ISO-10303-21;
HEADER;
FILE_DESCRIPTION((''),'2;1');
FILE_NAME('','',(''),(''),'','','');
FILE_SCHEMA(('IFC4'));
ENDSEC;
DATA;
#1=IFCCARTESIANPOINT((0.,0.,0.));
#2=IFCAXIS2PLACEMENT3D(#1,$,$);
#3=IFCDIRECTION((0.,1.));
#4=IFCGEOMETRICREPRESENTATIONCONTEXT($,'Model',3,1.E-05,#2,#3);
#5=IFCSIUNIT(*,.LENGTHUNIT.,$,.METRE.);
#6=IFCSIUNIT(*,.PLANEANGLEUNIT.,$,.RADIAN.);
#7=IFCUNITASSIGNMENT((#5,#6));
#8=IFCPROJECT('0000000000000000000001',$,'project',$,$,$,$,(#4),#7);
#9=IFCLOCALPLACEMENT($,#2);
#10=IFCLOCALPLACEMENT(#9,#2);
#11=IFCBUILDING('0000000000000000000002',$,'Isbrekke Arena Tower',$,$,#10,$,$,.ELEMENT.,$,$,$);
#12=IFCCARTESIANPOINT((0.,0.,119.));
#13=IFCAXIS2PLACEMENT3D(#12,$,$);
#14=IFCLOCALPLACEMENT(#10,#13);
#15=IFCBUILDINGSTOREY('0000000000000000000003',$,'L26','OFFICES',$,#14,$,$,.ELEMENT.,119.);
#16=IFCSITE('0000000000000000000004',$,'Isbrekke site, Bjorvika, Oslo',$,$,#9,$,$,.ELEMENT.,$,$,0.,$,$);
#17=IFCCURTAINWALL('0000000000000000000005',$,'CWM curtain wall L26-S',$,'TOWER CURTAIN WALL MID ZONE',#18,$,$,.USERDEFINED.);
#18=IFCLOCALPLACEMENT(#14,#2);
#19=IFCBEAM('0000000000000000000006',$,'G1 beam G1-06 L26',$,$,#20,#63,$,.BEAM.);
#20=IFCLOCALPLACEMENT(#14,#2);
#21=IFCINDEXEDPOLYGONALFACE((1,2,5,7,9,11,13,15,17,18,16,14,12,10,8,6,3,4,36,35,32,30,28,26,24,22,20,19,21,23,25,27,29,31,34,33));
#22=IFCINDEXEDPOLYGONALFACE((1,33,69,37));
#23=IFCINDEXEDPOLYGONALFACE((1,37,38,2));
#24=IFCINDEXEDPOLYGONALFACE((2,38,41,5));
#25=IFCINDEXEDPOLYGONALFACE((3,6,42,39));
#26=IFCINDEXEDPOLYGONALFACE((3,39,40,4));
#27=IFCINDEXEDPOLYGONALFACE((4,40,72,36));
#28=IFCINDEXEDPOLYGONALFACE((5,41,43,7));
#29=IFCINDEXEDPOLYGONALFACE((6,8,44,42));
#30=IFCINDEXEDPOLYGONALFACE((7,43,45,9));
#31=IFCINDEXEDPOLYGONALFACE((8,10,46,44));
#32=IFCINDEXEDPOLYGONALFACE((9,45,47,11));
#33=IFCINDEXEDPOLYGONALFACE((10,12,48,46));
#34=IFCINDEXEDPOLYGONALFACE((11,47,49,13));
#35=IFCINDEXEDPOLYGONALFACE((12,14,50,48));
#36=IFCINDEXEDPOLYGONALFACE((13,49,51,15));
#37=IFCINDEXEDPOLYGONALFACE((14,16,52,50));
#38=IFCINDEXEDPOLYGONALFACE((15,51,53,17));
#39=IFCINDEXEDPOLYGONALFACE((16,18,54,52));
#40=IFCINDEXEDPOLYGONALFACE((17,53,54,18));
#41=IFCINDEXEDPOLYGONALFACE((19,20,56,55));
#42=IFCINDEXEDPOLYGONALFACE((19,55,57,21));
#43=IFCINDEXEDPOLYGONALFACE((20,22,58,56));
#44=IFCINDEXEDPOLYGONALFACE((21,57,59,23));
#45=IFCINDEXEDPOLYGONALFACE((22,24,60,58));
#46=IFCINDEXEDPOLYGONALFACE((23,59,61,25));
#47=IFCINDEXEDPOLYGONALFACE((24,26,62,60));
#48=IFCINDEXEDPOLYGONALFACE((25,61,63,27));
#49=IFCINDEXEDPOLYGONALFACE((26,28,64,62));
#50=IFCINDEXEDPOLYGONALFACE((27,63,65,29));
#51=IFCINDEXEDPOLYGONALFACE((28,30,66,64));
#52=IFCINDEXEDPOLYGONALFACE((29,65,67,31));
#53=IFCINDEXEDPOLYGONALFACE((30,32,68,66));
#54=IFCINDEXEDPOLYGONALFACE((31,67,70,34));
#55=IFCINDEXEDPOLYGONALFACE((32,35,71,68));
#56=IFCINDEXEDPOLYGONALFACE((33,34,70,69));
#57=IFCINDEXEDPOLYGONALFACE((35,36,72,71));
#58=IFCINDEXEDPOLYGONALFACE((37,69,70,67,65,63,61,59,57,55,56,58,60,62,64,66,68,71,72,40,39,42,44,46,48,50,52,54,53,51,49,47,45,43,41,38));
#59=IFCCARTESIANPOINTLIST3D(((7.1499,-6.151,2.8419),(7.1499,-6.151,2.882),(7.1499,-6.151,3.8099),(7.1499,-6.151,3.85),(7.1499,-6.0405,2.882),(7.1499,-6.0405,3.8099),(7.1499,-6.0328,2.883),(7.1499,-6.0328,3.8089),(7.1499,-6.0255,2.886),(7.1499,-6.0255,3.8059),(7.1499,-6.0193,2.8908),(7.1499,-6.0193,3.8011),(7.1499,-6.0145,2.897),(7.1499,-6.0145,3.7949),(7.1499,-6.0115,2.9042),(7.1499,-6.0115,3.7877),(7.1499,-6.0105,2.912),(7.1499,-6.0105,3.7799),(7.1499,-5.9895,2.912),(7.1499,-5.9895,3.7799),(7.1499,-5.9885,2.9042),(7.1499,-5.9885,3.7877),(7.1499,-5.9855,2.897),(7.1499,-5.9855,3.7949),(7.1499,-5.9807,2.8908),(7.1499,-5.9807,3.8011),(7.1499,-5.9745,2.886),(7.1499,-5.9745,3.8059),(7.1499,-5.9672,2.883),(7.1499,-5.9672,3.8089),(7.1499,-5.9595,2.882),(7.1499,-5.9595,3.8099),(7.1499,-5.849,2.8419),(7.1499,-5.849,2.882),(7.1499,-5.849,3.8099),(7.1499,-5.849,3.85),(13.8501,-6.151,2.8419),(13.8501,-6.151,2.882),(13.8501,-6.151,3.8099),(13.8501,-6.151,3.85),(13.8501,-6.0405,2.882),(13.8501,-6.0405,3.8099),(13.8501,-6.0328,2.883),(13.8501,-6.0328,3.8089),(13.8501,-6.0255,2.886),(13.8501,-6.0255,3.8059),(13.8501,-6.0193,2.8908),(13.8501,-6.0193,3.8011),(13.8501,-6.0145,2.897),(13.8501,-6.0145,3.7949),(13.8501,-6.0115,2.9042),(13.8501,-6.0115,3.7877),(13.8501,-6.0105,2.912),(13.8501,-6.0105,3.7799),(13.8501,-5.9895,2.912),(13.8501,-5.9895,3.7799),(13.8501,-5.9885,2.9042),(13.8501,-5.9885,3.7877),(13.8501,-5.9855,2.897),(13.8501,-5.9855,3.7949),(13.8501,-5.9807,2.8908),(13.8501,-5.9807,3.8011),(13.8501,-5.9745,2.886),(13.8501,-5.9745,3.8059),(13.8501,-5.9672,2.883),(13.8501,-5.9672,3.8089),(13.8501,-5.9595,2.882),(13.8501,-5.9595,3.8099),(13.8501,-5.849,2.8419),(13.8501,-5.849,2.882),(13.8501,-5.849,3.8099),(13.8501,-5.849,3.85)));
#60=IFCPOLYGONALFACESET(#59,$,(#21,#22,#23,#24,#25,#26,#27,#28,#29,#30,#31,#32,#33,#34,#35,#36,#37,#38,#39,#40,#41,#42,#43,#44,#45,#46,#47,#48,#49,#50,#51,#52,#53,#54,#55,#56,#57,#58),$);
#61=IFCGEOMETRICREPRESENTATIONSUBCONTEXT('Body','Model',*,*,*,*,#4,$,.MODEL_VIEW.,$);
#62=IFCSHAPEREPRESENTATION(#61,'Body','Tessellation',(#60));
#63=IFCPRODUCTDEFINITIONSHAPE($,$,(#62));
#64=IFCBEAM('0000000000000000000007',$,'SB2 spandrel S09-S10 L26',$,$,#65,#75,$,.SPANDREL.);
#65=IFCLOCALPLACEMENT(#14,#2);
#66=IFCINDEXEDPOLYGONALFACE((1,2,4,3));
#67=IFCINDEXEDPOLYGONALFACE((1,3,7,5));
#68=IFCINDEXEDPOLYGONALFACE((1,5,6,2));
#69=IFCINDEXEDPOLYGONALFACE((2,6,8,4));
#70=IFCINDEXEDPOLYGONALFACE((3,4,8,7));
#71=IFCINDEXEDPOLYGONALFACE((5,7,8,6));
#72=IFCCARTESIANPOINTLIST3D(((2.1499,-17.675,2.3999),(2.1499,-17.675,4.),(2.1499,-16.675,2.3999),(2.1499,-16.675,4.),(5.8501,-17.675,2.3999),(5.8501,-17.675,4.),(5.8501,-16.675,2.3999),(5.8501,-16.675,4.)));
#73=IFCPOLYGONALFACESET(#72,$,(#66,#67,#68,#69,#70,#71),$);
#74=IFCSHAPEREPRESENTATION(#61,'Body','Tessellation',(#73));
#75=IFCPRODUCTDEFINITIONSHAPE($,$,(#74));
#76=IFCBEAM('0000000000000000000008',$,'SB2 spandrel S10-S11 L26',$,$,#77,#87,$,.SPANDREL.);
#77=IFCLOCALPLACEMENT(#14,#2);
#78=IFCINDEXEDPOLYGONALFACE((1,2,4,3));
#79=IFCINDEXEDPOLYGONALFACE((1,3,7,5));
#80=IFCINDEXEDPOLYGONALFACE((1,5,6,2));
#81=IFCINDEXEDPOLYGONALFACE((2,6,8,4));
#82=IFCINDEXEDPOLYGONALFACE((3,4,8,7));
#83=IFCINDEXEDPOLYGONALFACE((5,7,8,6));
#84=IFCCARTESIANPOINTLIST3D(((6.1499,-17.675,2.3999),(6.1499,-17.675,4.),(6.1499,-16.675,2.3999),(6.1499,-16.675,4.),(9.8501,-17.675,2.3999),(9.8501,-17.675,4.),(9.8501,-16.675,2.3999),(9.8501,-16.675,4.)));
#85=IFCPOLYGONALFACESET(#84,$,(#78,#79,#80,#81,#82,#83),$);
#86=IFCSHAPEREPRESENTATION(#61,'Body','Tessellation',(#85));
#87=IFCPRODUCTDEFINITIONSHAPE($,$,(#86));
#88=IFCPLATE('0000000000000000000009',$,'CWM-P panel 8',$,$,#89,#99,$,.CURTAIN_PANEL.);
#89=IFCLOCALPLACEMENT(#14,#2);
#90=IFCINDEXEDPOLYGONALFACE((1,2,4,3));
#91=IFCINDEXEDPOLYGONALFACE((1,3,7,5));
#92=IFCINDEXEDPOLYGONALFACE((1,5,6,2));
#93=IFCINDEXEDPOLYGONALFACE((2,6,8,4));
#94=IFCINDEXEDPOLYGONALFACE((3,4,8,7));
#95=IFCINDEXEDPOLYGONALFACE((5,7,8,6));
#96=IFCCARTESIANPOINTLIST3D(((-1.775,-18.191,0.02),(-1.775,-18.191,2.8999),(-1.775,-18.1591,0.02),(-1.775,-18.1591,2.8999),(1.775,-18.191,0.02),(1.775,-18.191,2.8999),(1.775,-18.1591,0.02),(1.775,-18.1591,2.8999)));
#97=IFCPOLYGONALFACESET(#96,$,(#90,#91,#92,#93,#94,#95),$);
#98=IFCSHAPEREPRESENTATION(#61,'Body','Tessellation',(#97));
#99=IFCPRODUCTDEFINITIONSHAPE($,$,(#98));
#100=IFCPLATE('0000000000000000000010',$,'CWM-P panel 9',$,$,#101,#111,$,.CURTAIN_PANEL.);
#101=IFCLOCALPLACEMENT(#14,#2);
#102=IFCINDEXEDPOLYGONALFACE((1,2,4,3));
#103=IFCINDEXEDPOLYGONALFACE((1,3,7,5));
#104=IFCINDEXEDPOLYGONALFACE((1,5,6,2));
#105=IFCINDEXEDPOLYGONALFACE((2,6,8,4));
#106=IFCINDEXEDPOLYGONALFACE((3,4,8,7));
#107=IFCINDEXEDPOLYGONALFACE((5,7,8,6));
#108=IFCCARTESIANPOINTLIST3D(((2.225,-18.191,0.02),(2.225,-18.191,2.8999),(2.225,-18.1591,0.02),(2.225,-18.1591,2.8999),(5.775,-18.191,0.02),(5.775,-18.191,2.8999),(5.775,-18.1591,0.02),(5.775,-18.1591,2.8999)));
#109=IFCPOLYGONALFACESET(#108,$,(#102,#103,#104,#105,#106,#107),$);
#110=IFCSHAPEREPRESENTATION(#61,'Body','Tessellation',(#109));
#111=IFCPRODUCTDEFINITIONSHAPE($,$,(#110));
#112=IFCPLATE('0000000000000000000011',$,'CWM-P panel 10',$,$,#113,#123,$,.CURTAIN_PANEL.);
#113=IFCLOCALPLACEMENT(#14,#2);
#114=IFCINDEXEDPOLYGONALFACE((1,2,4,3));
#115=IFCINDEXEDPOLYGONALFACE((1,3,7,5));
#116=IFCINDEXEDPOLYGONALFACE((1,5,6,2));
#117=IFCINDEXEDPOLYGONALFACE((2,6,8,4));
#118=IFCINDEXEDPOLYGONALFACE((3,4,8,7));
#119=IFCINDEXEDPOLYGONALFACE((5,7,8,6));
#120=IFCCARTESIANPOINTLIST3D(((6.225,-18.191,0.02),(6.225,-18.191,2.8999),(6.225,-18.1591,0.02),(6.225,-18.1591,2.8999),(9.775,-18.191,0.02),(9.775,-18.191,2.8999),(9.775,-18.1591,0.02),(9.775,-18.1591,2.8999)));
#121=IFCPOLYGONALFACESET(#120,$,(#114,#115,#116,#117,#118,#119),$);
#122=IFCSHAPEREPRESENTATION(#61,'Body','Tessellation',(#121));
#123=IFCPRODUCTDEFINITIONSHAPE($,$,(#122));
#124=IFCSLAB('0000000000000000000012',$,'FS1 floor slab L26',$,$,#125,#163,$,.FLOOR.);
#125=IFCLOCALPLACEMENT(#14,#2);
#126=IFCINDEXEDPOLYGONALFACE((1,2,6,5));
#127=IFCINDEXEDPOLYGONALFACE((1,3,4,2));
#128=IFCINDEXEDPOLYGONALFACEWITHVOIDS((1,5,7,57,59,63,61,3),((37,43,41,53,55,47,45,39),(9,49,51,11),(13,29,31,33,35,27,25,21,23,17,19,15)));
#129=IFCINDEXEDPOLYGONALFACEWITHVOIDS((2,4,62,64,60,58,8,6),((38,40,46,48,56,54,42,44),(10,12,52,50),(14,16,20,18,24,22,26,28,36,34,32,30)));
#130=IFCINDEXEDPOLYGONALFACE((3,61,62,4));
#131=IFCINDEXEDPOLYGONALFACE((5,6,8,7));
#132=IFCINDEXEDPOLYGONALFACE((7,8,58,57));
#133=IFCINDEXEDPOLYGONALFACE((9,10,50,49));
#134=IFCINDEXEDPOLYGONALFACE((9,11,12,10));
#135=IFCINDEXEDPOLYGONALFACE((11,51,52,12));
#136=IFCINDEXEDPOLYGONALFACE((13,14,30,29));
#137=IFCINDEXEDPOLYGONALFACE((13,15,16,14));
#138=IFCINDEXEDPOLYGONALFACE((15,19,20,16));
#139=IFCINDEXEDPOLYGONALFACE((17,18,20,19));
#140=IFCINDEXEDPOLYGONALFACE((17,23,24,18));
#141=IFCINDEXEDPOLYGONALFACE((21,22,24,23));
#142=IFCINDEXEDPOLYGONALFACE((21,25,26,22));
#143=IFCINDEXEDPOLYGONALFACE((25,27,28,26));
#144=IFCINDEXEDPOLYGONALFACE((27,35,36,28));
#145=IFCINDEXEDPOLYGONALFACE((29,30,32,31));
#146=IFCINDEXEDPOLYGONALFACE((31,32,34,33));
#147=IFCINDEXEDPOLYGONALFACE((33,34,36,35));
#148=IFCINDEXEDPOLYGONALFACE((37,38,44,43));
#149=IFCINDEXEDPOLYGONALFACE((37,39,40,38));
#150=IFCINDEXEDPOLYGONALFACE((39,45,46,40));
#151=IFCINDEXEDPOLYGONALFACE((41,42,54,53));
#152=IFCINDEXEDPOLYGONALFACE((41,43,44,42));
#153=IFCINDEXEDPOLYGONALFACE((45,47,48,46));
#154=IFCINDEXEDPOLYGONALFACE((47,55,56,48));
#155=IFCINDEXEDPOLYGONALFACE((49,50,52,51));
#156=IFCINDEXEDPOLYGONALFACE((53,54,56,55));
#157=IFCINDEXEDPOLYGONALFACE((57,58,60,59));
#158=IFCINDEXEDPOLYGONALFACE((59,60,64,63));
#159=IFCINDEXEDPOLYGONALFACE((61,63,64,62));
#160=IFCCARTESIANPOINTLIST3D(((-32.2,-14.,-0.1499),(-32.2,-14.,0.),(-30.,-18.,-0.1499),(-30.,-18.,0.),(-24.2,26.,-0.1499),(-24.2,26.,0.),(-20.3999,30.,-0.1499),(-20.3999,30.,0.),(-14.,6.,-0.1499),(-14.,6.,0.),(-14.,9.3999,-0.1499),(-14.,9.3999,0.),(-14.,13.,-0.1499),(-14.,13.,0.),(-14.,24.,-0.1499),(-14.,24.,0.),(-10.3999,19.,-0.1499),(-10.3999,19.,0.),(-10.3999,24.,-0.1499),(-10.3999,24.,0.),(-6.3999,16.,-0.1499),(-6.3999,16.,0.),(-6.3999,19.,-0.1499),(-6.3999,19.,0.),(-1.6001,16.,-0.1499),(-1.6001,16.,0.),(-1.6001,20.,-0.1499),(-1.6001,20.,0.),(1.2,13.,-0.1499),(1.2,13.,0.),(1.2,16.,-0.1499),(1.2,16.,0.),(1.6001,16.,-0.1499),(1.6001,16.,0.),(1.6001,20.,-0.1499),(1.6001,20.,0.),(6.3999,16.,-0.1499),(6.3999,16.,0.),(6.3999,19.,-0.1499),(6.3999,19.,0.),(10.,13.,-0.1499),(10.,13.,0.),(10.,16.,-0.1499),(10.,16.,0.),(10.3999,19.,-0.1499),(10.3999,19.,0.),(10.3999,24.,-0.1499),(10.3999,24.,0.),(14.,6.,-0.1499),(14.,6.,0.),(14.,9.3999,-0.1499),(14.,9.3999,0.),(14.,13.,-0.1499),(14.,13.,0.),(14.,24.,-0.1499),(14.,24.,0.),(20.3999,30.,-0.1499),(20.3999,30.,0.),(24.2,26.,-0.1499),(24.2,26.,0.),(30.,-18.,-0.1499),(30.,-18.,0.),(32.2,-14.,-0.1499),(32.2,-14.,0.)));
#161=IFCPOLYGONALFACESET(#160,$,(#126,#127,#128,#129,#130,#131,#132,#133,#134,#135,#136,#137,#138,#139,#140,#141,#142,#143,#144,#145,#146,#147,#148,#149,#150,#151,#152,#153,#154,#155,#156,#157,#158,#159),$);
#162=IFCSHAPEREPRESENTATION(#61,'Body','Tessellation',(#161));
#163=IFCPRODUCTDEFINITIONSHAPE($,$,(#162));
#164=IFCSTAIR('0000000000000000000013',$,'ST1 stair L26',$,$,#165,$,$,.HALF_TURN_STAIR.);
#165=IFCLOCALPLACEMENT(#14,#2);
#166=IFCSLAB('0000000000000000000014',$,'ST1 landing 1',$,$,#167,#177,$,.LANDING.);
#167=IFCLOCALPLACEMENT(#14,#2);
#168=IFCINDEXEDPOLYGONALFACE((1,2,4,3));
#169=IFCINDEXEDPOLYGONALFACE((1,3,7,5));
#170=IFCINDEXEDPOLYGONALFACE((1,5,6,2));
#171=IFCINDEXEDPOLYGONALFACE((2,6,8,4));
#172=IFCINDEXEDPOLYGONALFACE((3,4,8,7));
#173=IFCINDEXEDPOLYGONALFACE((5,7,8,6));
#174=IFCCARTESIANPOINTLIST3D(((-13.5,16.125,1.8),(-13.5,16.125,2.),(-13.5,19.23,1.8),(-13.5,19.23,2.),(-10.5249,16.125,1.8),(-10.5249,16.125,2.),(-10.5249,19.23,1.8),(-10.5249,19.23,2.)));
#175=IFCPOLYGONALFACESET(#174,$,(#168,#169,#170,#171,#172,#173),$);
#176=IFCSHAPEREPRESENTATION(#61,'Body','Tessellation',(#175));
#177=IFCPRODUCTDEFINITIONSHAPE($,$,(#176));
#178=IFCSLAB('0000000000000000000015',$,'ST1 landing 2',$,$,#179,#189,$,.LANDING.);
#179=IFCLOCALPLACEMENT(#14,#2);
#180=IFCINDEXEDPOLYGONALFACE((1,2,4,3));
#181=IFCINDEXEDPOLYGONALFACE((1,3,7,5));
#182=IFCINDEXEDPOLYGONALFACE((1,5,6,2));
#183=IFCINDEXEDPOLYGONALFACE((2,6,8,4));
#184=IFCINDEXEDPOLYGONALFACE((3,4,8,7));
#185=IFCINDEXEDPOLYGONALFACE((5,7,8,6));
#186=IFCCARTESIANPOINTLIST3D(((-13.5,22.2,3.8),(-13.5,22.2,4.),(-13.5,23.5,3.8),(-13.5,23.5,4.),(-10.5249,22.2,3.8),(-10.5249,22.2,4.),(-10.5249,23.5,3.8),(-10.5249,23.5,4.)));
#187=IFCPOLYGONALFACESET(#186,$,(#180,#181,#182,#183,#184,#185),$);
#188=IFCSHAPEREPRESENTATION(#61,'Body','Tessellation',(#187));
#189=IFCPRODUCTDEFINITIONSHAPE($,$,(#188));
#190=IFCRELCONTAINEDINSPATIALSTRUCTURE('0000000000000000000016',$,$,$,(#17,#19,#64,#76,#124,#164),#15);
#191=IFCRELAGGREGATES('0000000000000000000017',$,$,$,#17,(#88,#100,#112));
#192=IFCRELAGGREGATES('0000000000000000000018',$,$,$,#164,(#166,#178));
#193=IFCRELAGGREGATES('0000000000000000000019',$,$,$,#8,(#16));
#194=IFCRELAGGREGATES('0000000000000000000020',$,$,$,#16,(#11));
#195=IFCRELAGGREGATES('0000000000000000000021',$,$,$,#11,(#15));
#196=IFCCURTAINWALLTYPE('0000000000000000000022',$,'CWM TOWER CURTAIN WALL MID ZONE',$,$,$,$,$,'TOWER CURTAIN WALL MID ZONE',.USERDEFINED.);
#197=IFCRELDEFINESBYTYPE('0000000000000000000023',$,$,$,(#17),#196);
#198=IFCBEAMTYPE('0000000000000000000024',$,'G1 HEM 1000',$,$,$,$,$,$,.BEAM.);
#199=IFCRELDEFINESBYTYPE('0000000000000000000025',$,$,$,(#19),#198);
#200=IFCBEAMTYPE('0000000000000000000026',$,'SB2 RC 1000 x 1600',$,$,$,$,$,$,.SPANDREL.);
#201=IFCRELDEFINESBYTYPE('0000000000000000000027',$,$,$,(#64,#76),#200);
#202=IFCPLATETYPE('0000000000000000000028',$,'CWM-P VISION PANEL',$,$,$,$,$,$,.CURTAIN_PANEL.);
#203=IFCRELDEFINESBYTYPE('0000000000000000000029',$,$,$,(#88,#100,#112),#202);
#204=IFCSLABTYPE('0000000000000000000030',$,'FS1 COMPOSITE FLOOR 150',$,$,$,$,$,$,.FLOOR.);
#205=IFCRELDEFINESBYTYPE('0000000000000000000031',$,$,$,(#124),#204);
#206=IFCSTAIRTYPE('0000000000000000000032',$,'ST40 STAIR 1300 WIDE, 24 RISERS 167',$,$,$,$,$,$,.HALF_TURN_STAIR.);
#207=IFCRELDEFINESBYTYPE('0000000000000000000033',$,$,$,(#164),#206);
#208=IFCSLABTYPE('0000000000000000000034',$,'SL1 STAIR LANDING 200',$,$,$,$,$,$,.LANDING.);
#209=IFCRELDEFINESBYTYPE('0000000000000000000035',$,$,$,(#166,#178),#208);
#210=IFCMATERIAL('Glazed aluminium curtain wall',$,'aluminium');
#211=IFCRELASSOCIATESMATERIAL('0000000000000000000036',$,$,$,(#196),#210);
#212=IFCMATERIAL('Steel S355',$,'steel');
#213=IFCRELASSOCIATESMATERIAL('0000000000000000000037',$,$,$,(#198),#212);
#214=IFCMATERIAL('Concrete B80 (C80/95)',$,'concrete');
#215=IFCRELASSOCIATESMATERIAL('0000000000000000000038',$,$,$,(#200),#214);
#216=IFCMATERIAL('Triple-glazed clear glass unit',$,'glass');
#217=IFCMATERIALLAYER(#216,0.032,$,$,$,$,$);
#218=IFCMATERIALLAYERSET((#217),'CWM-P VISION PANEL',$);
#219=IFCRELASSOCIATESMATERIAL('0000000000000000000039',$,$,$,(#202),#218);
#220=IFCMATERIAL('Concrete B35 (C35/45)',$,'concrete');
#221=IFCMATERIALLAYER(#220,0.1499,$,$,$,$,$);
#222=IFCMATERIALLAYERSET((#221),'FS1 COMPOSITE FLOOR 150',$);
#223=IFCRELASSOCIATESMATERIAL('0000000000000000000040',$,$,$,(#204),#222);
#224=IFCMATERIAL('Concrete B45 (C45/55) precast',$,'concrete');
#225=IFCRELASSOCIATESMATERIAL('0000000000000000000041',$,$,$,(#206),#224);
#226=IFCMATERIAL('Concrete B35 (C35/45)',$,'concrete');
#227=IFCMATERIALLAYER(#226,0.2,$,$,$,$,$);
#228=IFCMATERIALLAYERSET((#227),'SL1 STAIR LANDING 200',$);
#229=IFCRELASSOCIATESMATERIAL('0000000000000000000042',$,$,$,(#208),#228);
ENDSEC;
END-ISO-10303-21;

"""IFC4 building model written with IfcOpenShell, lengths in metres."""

from ifc_helpers import new_model, si_unit, direction, frame, origin, origin_2d, place, context, subcontext, project, spatial, polyline, rectangle, i_section, outline, extrude, material, layer, layer_set, material_profile, profile_set, type_object, element, aggregate, save


model = new_model("IFC4")

# Units and contexts
model_context = context("Model", 3, precision=1e-05, world=origin(), true_north=direction((0.0, 1.0)))
body_context = subcontext(model_context, "Body", "Model", "MODEL_VIEW")
ifc_project = project(units=[si_unit("LENGTHUNIT", "METRE"), si_unit("PLANEANGLEUNIT", "RADIAN")], contexts=[model_context])

# Site, building, storey
site_placement = place(None, origin())
site = spatial("IfcSite", under=ifc_project, at=site_placement, Name="Isbrekke site, Bjorvika, Oslo", CompositionType="ELEMENT", RefElevation=0.0)
building_placement = place(site_placement, origin())
building = spatial("IfcBuilding", under=site, at=building_placement, Name="Isbrekke Arena Tower", CompositionType="ELEMENT")
storey_placement = place(building_placement, frame((0.0, 0.0, 119.0)))
storey = spatial("IfcBuildingStorey", under=building, at=storey_placement, Name="L26", Description="OFFICES", CompositionType="ELEMENT", Elevation=119.0)

# Curtain wall
ifc_material_1 = material(Name="Glazed aluminium curtain wall", Category="aluminium")
curtain_wall_type = type_object("IfcCurtainWallType", Name="CWM TOWER CURTAIN WALL MID ZONE", ElementType="TOWER CURTAIN WALL MID ZONE", PredefinedType="USERDEFINED", material=ifc_material_1)
curtain_wall_placement = place(storey_placement, origin())
curtain_wall = element("IfcCurtainWall", 1, at=curtain_wall_placement, inside=storey, type_object=curtain_wall_type, Name="CWM curtain wall L26-S", ObjectType="TOWER CURTAIN WALL MID ZONE", PredefinedType="USERDEFINED")

# Beams
ifc_material_2 = material(Name="Steel S355", Category="steel")
ifc_material_profile_1 = material_profile(ifc_material_2, i_section(OverallWidth=0.302, OverallDepth=1.0081, WebThickness=0.021, FlangeThickness=0.04, FilletRadius=0.03, at=origin_2d()), Name="HEM 1000")
ifc_profile_set_1 = profile_set([ifc_material_profile_1], Name="Steel S355")
beam_type_1 = type_object("IfcBeamType", Name="G1 HEM 1000", PredefinedType="BEAM", material=ifc_profile_set_1)
for number, where, z_axis, x_axis, name in (
    (2, (7.1499, -6.0, 3.3459), (1.0, 0.0, 0.0), (0.0, 1.0, 0.0), "G1 beam G1-06 L26"),
):
    element("IfcBeam", number, at=place(storey_placement, frame(where, z_axis=z_axis, x_axis=x_axis)), inside=storey, type_object=beam_type_1, Name=name, PredefinedType="BEAM", context=body_context, shape_type="SweptSolid", body=[
        extrude(i_section(OverallWidth=0.302, OverallDepth=1.0081, WebThickness=0.021, FlangeThickness=0.04, FilletRadius=0.03, at=origin_2d()), origin(), (0.0, 0.0, 1.0), 6.7002),
    ])
ifc_material_3 = material(Name="Concrete B80 (C80/95)", Category="concrete")
ifc_material_profile_2 = material_profile(ifc_material_3, rectangle(XDim=1.0, YDim=1.6001, at=origin_2d()), Name="RC 1000x1600")
ifc_profile_set_2 = profile_set([ifc_material_profile_2], Name="Concrete B80 (C80/95)")
beam_type_2 = type_object("IfcBeamType", Name="SB2 RC 1000 x 1600", PredefinedType="SPANDREL", material=ifc_profile_set_2)
for number, where, z_axis, x_axis, name in (
    (3, (2.1499, -17.175, 3.2), (1.0, 0.0, 0.0), (0.0, 1.0, 0.0), "SB2 spandrel S09-S10 L26"),
    (4, (6.1499, -17.175, 3.2), (1.0, 0.0, 0.0), (0.0, 1.0, 0.0), "SB2 spandrel S10-S11 L26"),
):
    element("IfcBeam", number, at=place(storey_placement, frame(where, z_axis=z_axis, x_axis=x_axis)), inside=storey, type_object=beam_type_2, Name=name, PredefinedType="SPANDREL", context=body_context, shape_type="SweptSolid", body=[
        extrude(rectangle(XDim=1.0, YDim=1.6001, at=origin_2d()), origin(), (0.0, 0.0, 1.0), 3.7002),
    ])

# Plates
ifc_material_4 = material(Name="Triple-glazed clear glass unit", Category="glass")
ifc_layer_1 = layer(ifc_material_4, 0.032)
ifc_layer_set_1 = layer_set([ifc_layer_1], Name="CWM-P VISION PANEL")
plate_type = type_object("IfcPlateType", Name="CWM-P VISION PANEL", PredefinedType="CURTAIN_PANEL", material=ifc_layer_set_1)
plate_1_placement = place(storey_placement, frame((0.0, -18.175, 0.02), z_axis=(0.0, 0.0, 1.0), x_axis=(1.0, 0.0, 0.0)))
plate_1 = element("IfcPlate", 5, at=plate_1_placement, type_object=plate_type, Name="CWM-P panel 8", PredefinedType="CURTAIN_PANEL", context=body_context, shape_type="SweptSolid", body=[
    extrude(rectangle(XDim=3.55, YDim=0.032, at=origin_2d()), origin(), (0.0, 0.0, 1.0), 2.8799),
])
plate_2_placement = place(storey_placement, frame((4.0, -18.175, 0.02), z_axis=(0.0, 0.0, 1.0), x_axis=(1.0, 0.0, 0.0)))
plate_2 = element("IfcPlate", 6, at=plate_2_placement, type_object=plate_type, Name="CWM-P panel 9", PredefinedType="CURTAIN_PANEL", context=body_context, shape_type="SweptSolid", body=[
    extrude(rectangle(XDim=3.55, YDim=0.032, at=origin_2d()), origin(), (0.0, 0.0, 1.0), 2.8799),
])
plate_3_placement = place(storey_placement, frame((8.0, -18.175, 0.02), z_axis=(0.0, 0.0, 1.0), x_axis=(1.0, 0.0, 0.0)))
plate_3 = element("IfcPlate", 7, at=plate_3_placement, type_object=plate_type, Name="CWM-P panel 10", PredefinedType="CURTAIN_PANEL", context=body_context, shape_type="SweptSolid", body=[
    extrude(rectangle(XDim=3.55, YDim=0.032, at=origin_2d()), origin(), (0.0, 0.0, 1.0), 2.8799),
])
aggregate(curtain_wall, [plate_1, plate_2, plate_3])

# Slab
ifc_material_5 = material(Name="Concrete B35 (C35/45)", Category="concrete")
ifc_layer_2 = layer(ifc_material_5, 0.1499)
ifc_layer_set_2 = layer_set([ifc_layer_2], Name="FS1 COMPOSITE FLOOR 150")
slab_type_1 = type_object("IfcSlabType", Name="FS1 COMPOSITE FLOOR 150", PredefinedType="FLOOR", material=ifc_layer_set_2)
slab_1_placement = place(storey_placement, frame((0.0, 0.0, -0.1499)))
element("IfcSlab", 8, at=slab_1_placement, inside=storey, type_object=slab_type_1, Name="FS1 floor slab L26", PredefinedType="FLOOR", context=body_context, shape_type="SweptSolid", body=[
    extrude(outline(polyline([(-30.0, -18.0), (30.0, -18.0), (32.2, -14.0), (24.2, 26.0), (20.3999, 30.0), (-20.3999, 30.0), (-24.2, 26.0), (-32.2, -14.0), (-30.0, -18.0)]), holes=[polyline([(14.0, 9.3999), (14.0, 6.0), (-14.0, 6.0), (-14.0, 9.3999), (14.0, 9.3999)]), polyline([(-6.3999, 19.0), (-6.3999, 16.0), (-1.6001, 16.0), (-1.6001, 20.0), (1.6001, 20.0), (1.6001, 16.0), (1.2, 16.0), (1.2, 13.0), (-14.0, 13.0), (-14.0, 24.0), (-10.3999, 24.0), (-10.3999, 19.0), (-6.3999, 19.0)]), polyline([(10.0, 13.0), (10.0, 16.0), (6.3999, 16.0), (6.3999, 19.0), (10.3999, 19.0), (10.3999, 24.0), (14.0, 24.0), (14.0, 13.0), (10.0, 13.0)])]), origin(), (0.0, 0.0, 1.0), 0.1499),
])

# Stair, slabs
ifc_material_6 = material(Name="Concrete B45 (C45/55) precast", Category="concrete")
stair_type = type_object("IfcStairType", Name="ST40 STAIR 1300 WIDE, 24 RISERS 167", PredefinedType="HALF_TURN_STAIR", material=ifc_material_6)
stair_1_placement = place(storey_placement, origin())
stair_1 = element("IfcStair", 9, at=stair_1_placement, inside=storey, type_object=stair_type, Name="ST1 stair L26", PredefinedType="HALF_TURN_STAIR")
ifc_material_7 = material(Name="Concrete B35 (C35/45)", Category="concrete")
ifc_layer_3 = layer(ifc_material_7, 0.2)
ifc_layer_set_3 = layer_set([ifc_layer_3], Name="SL1 STAIR LANDING 200")
slab_type_2 = type_object("IfcSlabType", Name="SL1 STAIR LANDING 200", PredefinedType="LANDING", material=ifc_layer_set_3)
slab_2_placement = place(storey_placement, frame((0.0, 0.0, 1.8)))
slab_2 = element("IfcSlab", 10, at=slab_2_placement, type_object=slab_type_2, Name="ST1 landing 1", PredefinedType="LANDING", context=body_context, shape_type="SweptSolid", body=[
    extrude(outline(polyline([(-13.5, 16.125), (-10.5249, 16.125), (-10.5249, 19.23), (-13.5, 19.23), (-13.5, 16.125)])), origin(), (0.0, 0.0, 1.0), 0.2),
])
slab_3_placement = place(storey_placement, frame((0.0, 0.0, 3.8)))
slab_3 = element("IfcSlab", 11, at=slab_3_placement, type_object=slab_type_2, Name="ST1 landing 2", PredefinedType="LANDING", context=body_context, shape_type="SweptSolid", body=[
    extrude(outline(polyline([(-13.5, 22.2), (-10.5249, 22.2), (-10.5249, 23.5), (-13.5, 23.5), (-13.5, 22.2)])), origin(), (0.0, 0.0, 1.0), 0.2),
])
aggregate(stair_1, [slab_2, slab_3])

save(model, "model.ifc")
